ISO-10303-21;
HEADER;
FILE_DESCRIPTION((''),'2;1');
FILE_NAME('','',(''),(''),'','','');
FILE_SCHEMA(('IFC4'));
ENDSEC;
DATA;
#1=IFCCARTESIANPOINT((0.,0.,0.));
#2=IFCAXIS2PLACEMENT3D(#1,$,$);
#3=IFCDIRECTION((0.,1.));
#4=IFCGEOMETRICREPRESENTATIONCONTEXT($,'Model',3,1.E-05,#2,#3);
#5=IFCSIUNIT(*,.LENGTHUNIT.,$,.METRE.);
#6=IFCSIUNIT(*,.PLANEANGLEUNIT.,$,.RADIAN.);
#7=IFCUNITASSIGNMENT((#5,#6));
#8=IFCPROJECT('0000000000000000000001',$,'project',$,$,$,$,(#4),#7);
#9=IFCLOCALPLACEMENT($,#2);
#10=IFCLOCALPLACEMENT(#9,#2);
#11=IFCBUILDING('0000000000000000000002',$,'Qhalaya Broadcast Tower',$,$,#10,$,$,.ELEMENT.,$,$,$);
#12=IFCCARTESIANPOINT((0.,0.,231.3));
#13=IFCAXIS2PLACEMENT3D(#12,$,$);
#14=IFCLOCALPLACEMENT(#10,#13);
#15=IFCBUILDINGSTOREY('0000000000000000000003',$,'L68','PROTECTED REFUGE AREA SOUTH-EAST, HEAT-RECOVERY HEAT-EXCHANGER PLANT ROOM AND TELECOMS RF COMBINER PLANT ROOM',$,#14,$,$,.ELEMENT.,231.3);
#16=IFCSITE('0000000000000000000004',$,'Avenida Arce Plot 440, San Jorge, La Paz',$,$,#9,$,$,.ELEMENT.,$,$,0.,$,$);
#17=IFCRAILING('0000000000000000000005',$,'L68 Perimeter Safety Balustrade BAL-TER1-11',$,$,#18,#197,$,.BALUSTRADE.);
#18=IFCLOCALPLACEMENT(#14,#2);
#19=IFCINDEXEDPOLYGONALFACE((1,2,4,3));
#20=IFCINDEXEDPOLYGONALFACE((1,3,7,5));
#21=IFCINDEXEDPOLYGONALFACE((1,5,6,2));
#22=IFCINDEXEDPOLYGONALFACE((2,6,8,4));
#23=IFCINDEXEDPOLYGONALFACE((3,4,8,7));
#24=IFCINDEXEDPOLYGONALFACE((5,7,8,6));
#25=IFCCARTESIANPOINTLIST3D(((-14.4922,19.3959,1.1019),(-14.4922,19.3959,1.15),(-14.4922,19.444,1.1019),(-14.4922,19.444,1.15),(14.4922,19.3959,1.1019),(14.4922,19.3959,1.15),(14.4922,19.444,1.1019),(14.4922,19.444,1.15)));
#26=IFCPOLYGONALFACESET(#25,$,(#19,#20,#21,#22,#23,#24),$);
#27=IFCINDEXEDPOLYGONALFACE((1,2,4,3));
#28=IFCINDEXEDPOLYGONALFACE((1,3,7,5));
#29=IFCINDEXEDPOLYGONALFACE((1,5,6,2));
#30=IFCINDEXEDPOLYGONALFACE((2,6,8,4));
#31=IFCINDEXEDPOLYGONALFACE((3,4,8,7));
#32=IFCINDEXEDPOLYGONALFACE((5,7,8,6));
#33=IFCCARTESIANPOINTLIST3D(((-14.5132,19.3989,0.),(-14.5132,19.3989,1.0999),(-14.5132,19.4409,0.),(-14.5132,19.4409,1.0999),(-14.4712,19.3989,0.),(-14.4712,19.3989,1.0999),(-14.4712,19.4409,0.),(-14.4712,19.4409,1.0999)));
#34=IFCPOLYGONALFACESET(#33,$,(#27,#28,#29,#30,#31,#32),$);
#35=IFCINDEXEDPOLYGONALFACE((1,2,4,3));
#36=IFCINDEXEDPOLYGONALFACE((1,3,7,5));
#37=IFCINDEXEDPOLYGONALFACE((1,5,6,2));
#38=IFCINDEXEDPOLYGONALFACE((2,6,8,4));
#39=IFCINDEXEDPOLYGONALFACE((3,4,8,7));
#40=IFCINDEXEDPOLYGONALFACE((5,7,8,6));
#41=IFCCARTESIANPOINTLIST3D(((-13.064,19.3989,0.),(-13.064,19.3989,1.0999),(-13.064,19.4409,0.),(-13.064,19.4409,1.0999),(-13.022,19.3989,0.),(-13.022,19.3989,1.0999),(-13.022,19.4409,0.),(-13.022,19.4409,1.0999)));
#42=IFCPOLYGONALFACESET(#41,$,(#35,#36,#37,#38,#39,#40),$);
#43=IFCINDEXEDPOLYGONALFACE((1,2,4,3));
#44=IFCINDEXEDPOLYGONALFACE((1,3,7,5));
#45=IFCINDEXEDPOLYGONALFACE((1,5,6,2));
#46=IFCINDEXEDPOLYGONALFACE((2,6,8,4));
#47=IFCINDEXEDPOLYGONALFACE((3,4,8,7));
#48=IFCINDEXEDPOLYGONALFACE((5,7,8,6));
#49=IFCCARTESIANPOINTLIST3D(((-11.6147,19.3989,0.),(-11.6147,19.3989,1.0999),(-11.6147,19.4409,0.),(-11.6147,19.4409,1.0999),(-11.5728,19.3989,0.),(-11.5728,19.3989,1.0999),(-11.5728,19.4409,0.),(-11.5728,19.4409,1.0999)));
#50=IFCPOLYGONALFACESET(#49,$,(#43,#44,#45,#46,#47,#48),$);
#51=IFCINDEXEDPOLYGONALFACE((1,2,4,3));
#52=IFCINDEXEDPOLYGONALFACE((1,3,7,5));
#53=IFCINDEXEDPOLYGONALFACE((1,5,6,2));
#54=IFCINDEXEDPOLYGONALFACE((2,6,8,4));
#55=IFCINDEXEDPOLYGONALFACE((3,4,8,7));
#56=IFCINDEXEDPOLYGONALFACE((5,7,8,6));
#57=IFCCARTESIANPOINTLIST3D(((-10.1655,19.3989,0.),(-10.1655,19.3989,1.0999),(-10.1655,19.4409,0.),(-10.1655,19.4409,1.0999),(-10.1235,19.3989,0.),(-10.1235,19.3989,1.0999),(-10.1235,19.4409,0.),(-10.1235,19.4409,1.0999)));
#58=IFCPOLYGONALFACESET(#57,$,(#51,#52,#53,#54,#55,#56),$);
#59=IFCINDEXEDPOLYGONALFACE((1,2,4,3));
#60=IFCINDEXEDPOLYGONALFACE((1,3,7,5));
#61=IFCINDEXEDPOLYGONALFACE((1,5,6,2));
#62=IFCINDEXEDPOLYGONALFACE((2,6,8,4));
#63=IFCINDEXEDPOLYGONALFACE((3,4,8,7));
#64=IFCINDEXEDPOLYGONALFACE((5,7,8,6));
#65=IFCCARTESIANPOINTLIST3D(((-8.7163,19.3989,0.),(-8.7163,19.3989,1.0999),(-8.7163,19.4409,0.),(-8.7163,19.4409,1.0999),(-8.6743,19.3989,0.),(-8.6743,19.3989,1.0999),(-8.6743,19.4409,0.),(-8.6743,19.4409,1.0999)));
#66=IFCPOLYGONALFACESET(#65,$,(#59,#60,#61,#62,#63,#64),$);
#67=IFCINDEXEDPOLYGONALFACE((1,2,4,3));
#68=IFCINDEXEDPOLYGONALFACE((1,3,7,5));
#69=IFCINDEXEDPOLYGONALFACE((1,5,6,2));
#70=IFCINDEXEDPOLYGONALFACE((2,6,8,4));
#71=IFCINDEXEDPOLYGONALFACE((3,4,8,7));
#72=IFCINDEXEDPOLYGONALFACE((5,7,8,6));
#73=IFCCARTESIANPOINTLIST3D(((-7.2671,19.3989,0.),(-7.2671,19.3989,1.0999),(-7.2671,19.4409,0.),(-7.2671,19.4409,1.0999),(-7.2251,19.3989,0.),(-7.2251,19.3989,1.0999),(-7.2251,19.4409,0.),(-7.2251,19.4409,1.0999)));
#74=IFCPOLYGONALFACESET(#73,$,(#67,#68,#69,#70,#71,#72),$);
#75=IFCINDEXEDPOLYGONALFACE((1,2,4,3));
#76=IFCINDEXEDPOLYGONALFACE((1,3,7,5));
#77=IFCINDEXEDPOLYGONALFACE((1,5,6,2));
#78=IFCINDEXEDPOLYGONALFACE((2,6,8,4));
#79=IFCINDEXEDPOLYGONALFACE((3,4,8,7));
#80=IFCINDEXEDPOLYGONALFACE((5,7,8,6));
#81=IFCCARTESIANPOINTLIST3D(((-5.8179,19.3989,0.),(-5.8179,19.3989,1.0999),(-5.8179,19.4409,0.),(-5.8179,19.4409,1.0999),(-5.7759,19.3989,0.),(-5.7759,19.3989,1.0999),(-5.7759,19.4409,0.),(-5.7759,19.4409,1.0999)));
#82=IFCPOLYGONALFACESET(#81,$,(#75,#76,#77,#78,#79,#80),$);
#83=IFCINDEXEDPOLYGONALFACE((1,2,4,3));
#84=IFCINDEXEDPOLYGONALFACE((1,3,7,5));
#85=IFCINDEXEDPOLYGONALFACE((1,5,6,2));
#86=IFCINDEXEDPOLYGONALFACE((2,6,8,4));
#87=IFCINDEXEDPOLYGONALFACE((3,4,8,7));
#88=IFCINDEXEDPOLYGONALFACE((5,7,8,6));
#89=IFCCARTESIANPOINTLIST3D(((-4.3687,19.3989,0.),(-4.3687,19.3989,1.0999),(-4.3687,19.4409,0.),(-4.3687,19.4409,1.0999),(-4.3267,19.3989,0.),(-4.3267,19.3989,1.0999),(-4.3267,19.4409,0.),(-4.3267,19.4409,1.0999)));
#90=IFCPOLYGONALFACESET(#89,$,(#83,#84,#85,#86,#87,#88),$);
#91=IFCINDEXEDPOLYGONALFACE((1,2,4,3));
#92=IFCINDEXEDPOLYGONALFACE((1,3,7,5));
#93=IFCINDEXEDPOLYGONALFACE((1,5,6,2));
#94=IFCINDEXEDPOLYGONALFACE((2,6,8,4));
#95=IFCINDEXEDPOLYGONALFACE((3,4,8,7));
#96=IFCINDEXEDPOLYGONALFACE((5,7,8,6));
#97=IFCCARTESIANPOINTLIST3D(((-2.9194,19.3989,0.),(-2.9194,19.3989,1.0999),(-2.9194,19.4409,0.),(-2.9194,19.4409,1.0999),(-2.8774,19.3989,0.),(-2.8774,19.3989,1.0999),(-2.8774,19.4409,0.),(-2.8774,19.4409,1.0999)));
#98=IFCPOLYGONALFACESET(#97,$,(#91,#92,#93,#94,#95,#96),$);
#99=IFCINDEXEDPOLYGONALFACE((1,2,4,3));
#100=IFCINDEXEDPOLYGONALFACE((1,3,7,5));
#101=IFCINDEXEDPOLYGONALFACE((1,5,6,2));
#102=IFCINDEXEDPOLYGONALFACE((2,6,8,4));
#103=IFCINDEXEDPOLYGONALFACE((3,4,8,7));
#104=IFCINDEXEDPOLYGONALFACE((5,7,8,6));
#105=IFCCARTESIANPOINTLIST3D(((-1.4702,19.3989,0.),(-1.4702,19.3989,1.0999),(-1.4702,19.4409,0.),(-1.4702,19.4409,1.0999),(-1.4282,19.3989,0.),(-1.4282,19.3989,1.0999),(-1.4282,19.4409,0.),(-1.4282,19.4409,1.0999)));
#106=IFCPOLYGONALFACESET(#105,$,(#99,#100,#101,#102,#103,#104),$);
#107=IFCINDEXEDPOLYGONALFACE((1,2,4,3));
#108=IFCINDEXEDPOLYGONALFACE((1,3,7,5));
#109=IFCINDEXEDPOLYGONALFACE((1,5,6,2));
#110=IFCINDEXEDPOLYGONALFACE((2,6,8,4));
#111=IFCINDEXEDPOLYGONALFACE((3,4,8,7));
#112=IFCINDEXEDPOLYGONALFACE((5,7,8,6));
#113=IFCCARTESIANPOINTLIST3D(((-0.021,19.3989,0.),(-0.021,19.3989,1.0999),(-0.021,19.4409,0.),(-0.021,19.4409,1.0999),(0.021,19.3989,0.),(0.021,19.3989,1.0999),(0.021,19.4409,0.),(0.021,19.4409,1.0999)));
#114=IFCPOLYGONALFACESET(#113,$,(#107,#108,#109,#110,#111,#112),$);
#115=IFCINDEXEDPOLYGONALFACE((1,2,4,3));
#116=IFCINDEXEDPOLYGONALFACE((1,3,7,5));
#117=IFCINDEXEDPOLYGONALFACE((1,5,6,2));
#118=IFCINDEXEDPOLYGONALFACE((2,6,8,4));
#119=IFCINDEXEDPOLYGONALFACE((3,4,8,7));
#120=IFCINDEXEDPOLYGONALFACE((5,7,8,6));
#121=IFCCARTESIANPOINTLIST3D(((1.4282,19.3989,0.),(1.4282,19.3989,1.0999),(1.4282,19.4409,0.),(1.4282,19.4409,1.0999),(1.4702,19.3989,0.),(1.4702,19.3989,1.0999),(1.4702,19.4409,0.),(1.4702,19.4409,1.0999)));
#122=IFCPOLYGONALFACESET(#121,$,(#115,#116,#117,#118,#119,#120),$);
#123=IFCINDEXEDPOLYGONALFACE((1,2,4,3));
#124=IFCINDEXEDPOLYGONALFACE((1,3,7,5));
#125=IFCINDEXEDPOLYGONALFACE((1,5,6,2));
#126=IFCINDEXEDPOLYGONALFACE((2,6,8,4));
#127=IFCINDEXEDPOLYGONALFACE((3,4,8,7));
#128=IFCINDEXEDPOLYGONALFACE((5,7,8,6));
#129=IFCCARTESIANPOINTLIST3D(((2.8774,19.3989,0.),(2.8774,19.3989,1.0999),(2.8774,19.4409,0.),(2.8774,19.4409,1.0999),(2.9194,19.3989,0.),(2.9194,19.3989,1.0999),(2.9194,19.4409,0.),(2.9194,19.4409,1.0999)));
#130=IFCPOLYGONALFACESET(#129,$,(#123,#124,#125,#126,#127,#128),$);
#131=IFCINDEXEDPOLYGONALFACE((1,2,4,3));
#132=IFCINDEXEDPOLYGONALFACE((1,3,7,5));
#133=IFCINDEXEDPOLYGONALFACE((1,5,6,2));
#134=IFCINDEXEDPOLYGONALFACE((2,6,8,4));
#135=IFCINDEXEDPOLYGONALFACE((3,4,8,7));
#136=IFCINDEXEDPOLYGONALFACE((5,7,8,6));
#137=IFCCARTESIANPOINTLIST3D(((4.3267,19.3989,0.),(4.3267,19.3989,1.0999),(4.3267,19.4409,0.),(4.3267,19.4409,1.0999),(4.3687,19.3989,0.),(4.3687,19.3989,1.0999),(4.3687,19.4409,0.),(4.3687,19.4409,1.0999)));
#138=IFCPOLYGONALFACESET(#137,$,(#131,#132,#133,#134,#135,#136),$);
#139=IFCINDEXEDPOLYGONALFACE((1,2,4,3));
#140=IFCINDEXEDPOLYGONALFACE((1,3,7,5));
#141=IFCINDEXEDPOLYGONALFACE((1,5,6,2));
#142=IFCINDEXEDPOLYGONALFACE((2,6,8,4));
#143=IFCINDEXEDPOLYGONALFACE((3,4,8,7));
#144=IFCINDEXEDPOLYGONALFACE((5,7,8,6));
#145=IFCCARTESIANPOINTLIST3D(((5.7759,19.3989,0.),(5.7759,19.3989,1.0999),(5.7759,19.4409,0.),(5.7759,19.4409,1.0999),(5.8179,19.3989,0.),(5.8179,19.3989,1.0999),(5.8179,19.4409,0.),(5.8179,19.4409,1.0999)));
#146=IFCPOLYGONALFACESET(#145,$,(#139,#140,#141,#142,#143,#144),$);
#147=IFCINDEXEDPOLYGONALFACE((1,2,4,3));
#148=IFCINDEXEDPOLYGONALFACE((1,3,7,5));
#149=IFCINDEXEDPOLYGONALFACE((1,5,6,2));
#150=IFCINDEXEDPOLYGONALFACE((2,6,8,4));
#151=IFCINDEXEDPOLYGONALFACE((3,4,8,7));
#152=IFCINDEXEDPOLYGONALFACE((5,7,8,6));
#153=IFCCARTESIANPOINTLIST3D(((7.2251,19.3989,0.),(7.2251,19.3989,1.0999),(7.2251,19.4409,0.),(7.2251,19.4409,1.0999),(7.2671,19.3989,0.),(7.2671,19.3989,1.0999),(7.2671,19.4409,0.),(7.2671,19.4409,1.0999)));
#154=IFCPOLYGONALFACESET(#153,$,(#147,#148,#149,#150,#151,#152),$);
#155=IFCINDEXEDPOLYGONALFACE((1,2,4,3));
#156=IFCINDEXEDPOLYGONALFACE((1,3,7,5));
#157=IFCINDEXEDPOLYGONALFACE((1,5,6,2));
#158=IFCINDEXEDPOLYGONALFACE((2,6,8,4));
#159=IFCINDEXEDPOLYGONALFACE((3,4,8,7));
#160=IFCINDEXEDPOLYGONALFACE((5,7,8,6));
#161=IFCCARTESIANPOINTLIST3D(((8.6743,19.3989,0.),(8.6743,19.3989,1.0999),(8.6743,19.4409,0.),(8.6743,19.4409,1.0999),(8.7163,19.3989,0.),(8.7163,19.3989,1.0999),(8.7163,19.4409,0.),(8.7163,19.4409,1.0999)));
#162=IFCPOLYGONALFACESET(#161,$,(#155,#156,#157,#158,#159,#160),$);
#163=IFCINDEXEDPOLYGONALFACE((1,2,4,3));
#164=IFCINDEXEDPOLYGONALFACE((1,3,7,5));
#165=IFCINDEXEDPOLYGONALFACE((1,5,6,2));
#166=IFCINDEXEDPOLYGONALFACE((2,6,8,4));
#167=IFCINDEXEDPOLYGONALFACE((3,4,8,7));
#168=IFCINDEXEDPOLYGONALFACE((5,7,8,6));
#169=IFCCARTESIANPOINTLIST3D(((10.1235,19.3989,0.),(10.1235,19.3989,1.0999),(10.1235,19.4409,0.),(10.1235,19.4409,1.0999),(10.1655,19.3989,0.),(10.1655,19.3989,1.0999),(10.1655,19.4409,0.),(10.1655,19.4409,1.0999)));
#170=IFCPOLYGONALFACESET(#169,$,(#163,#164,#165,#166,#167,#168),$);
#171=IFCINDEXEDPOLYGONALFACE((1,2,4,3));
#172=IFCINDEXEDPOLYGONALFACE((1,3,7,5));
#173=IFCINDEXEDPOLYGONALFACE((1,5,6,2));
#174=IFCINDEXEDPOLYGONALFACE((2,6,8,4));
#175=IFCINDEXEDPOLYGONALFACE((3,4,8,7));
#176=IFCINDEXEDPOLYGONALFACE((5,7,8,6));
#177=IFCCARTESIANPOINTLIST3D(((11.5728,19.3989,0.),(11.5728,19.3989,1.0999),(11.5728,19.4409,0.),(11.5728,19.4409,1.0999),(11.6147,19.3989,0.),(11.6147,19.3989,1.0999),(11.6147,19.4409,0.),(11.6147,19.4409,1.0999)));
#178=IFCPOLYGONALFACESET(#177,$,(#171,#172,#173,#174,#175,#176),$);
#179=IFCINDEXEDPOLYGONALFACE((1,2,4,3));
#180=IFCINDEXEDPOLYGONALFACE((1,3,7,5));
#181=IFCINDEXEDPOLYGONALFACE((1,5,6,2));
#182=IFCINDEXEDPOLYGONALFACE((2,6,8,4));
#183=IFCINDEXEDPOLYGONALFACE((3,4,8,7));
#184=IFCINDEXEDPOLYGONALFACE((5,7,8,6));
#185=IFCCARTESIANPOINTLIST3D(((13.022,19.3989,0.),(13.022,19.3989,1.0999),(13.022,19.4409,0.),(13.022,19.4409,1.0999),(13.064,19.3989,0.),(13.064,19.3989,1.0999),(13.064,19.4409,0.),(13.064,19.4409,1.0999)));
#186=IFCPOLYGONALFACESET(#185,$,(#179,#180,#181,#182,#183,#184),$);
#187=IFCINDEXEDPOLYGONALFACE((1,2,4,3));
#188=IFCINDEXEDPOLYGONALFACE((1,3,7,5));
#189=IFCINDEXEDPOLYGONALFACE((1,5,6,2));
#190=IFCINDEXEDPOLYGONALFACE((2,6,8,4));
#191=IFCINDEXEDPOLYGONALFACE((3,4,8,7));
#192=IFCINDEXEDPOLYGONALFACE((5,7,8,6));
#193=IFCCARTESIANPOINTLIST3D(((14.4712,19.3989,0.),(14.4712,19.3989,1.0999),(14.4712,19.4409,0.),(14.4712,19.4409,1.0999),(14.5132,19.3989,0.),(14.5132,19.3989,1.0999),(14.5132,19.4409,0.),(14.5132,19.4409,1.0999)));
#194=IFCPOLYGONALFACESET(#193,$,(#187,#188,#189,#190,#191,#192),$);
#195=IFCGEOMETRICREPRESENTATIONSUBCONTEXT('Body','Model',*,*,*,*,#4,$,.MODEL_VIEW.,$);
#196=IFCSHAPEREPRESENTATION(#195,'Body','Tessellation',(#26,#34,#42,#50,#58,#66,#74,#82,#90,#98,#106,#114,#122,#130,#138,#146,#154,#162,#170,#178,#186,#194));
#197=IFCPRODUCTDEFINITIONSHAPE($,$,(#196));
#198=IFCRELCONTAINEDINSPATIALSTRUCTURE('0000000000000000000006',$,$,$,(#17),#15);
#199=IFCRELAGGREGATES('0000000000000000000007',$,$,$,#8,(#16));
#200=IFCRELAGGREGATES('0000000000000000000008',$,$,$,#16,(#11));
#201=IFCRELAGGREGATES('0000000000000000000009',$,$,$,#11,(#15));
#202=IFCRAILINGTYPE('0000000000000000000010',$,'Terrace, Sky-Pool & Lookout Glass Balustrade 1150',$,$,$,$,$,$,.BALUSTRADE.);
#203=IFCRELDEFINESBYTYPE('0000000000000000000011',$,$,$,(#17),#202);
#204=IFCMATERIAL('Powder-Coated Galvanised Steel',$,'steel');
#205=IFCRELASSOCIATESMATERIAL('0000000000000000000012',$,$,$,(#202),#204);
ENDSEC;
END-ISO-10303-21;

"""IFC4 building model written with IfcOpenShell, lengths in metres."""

from ifc_helpers import new_model, si_unit, direction, frame, origin, origin_2d, place, context, subcontext, project, spatial, rectangle, extrude, material, type_object, element, save


model = new_model("IFC4")

# Units and contexts
model_context = context("Model", 3, precision=1e-05, world=origin(), true_north=direction((0.0, 1.0)))
body_context = subcontext(model_context, "Body", "Model", "MODEL_VIEW")
ifc_project = project(units=[si_unit("LENGTHUNIT", "METRE"), si_unit("PLANEANGLEUNIT", "RADIAN")], contexts=[model_context])

# Site, building, storey
site_placement = place(None, origin())
site = spatial("IfcSite", under=ifc_project, at=site_placement, Name="Avenida Arce Plot 440, San Jorge, La Paz", CompositionType="ELEMENT", RefElevation=0.0)
building_placement = place(site_placement, origin())
building = spatial("IfcBuilding", under=site, at=building_placement, Name="Qhalaya Broadcast Tower", CompositionType="ELEMENT")
storey_placement = place(building_placement, frame((0.0, 0.0, 231.3)))
storey = spatial("IfcBuildingStorey", under=building, at=storey_placement, Name="L68", Description="PROTECTED REFUGE AREA SOUTH-EAST, HEAT-RECOVERY HEAT-EXCHANGER PLANT ROOM AND TELECOMS RF COMBINER PLANT ROOM", CompositionType="ELEMENT", Elevation=231.3)

# Railing
ifc_material_1 = material(Name="Powder-Coated Galvanised Steel", Category="steel")
railing_type = type_object("IfcRailingType", Name="Terrace, Sky-Pool & Lookout Glass Balustrade 1150", PredefinedType="BALUSTRADE", material=ifc_material_1)
railing_1_placement = place(storey_placement, frame((-14.4922, 19.4199, 0.0)))
element("IfcRailing", 1, at=railing_1_placement, inside=storey, type_object=railing_type, Name="L68 Perimeter Safety Balustrade BAL-TER1-11", PredefinedType="BALUSTRADE", context=body_context, shape_type="SweptSolid", body=[
    extrude(rectangle(XDim=0.0481, YDim=0.0481, at=origin_2d()), frame((0.0, 0.0, 1.126), z_axis=(1.0, 0.0, 0.0), x_axis=(0.0, 1.0, 0.0)), (0.0, 0.0, 1.0), 28.9844),
    extrude(rectangle(XDim=0.042, YDim=0.042, at=origin_2d()), origin(), (0.0, 0.0, 1.0), 1.0999),
    extrude(rectangle(XDim=0.042, YDim=0.042, at=origin_2d()), frame((1.4492, 0.0, 0.0)), (0.0, 0.0, 1.0), 1.0999),
    extrude(rectangle(XDim=0.042, YDim=0.042, at=origin_2d()), frame((2.8984, 0.0, 0.0)), (0.0, 0.0, 1.0), 1.0999),
    extrude(rectangle(XDim=0.042, YDim=0.042, at=origin_2d()), frame((4.3477, 0.0, 0.0)), (0.0, 0.0, 1.0), 1.0999),
    extrude(rectangle(XDim=0.042, YDim=0.042, at=origin_2d()), frame((5.7969, 0.0, 0.0)), (0.0, 0.0, 1.0), 1.0999),
    extrude(rectangle(XDim=0.042, YDim=0.042, at=origin_2d()), frame((7.2461, 0.0, 0.0)), (0.0, 0.0, 1.0), 1.0999),
    extrude(rectangle(XDim=0.042, YDim=0.042, at=origin_2d()), frame((8.6953, 0.0, 0.0)), (0.0, 0.0, 1.0), 1.0999),
    extrude(rectangle(XDim=0.042, YDim=0.042, at=origin_2d()), frame((10.1445, 0.0, 0.0)), (0.0, 0.0, 1.0), 1.0999),
    extrude(rectangle(XDim=0.042, YDim=0.042, at=origin_2d()), frame((11.5938, 0.0, 0.0)), (0.0, 0.0, 1.0), 1.0999),
    extrude(rectangle(XDim=0.042, YDim=0.042, at=origin_2d()), frame((13.043, 0.0, 0.0)), (0.0, 0.0, 1.0), 1.0999),
    extrude(rectangle(XDim=0.042, YDim=0.042, at=origin_2d()), frame((14.4922, 0.0, 0.0)), (0.0, 0.0, 1.0), 1.0999),
    extrude(rectangle(XDim=0.042, YDim=0.042, at=origin_2d()), frame((15.9414, 0.0, 0.0)), (0.0, 0.0, 1.0), 1.0999),
    extrude(rectangle(XDim=0.042, YDim=0.042, at=origin_2d()), frame((17.3906, 0.0, 0.0)), (0.0, 0.0, 1.0), 1.0999),
    extrude(rectangle(XDim=0.042, YDim=0.042, at=origin_2d()), frame((18.8398, 0.0, 0.0)), (0.0, 0.0, 1.0), 1.0999),
    extrude(rectangle(XDim=0.042, YDim=0.042, at=origin_2d()), frame((20.2891, 0.0, 0.0)), (0.0, 0.0, 1.0), 1.0999),
    extrude(rectangle(XDim=0.042, YDim=0.042, at=origin_2d()), frame((21.7383, 0.0, 0.0)), (0.0, 0.0, 1.0), 1.0999),
    extrude(rectangle(XDim=0.042, YDim=0.042, at=origin_2d()), frame((23.1875, 0.0, 0.0)), (0.0, 0.0, 1.0), 1.0999),
    extrude(rectangle(XDim=0.042, YDim=0.042, at=origin_2d()), frame((24.6367, 0.0, 0.0)), (0.0, 0.0, 1.0), 1.0999),
    extrude(rectangle(XDim=0.042, YDim=0.042, at=origin_2d()), frame((26.0859, 0.0, 0.0)), (0.0, 0.0, 1.0), 1.0999),
    extrude(rectangle(XDim=0.042, YDim=0.042, at=origin_2d()), frame((27.5352, 0.0, 0.0)), (0.0, 0.0, 1.0), 1.0999),
    extrude(rectangle(XDim=0.042, YDim=0.042, at=origin_2d()), frame((28.9844, 0.0, 0.0)), (0.0, 0.0, 1.0), 1.0999),
])

save(model, "model.ifc")
